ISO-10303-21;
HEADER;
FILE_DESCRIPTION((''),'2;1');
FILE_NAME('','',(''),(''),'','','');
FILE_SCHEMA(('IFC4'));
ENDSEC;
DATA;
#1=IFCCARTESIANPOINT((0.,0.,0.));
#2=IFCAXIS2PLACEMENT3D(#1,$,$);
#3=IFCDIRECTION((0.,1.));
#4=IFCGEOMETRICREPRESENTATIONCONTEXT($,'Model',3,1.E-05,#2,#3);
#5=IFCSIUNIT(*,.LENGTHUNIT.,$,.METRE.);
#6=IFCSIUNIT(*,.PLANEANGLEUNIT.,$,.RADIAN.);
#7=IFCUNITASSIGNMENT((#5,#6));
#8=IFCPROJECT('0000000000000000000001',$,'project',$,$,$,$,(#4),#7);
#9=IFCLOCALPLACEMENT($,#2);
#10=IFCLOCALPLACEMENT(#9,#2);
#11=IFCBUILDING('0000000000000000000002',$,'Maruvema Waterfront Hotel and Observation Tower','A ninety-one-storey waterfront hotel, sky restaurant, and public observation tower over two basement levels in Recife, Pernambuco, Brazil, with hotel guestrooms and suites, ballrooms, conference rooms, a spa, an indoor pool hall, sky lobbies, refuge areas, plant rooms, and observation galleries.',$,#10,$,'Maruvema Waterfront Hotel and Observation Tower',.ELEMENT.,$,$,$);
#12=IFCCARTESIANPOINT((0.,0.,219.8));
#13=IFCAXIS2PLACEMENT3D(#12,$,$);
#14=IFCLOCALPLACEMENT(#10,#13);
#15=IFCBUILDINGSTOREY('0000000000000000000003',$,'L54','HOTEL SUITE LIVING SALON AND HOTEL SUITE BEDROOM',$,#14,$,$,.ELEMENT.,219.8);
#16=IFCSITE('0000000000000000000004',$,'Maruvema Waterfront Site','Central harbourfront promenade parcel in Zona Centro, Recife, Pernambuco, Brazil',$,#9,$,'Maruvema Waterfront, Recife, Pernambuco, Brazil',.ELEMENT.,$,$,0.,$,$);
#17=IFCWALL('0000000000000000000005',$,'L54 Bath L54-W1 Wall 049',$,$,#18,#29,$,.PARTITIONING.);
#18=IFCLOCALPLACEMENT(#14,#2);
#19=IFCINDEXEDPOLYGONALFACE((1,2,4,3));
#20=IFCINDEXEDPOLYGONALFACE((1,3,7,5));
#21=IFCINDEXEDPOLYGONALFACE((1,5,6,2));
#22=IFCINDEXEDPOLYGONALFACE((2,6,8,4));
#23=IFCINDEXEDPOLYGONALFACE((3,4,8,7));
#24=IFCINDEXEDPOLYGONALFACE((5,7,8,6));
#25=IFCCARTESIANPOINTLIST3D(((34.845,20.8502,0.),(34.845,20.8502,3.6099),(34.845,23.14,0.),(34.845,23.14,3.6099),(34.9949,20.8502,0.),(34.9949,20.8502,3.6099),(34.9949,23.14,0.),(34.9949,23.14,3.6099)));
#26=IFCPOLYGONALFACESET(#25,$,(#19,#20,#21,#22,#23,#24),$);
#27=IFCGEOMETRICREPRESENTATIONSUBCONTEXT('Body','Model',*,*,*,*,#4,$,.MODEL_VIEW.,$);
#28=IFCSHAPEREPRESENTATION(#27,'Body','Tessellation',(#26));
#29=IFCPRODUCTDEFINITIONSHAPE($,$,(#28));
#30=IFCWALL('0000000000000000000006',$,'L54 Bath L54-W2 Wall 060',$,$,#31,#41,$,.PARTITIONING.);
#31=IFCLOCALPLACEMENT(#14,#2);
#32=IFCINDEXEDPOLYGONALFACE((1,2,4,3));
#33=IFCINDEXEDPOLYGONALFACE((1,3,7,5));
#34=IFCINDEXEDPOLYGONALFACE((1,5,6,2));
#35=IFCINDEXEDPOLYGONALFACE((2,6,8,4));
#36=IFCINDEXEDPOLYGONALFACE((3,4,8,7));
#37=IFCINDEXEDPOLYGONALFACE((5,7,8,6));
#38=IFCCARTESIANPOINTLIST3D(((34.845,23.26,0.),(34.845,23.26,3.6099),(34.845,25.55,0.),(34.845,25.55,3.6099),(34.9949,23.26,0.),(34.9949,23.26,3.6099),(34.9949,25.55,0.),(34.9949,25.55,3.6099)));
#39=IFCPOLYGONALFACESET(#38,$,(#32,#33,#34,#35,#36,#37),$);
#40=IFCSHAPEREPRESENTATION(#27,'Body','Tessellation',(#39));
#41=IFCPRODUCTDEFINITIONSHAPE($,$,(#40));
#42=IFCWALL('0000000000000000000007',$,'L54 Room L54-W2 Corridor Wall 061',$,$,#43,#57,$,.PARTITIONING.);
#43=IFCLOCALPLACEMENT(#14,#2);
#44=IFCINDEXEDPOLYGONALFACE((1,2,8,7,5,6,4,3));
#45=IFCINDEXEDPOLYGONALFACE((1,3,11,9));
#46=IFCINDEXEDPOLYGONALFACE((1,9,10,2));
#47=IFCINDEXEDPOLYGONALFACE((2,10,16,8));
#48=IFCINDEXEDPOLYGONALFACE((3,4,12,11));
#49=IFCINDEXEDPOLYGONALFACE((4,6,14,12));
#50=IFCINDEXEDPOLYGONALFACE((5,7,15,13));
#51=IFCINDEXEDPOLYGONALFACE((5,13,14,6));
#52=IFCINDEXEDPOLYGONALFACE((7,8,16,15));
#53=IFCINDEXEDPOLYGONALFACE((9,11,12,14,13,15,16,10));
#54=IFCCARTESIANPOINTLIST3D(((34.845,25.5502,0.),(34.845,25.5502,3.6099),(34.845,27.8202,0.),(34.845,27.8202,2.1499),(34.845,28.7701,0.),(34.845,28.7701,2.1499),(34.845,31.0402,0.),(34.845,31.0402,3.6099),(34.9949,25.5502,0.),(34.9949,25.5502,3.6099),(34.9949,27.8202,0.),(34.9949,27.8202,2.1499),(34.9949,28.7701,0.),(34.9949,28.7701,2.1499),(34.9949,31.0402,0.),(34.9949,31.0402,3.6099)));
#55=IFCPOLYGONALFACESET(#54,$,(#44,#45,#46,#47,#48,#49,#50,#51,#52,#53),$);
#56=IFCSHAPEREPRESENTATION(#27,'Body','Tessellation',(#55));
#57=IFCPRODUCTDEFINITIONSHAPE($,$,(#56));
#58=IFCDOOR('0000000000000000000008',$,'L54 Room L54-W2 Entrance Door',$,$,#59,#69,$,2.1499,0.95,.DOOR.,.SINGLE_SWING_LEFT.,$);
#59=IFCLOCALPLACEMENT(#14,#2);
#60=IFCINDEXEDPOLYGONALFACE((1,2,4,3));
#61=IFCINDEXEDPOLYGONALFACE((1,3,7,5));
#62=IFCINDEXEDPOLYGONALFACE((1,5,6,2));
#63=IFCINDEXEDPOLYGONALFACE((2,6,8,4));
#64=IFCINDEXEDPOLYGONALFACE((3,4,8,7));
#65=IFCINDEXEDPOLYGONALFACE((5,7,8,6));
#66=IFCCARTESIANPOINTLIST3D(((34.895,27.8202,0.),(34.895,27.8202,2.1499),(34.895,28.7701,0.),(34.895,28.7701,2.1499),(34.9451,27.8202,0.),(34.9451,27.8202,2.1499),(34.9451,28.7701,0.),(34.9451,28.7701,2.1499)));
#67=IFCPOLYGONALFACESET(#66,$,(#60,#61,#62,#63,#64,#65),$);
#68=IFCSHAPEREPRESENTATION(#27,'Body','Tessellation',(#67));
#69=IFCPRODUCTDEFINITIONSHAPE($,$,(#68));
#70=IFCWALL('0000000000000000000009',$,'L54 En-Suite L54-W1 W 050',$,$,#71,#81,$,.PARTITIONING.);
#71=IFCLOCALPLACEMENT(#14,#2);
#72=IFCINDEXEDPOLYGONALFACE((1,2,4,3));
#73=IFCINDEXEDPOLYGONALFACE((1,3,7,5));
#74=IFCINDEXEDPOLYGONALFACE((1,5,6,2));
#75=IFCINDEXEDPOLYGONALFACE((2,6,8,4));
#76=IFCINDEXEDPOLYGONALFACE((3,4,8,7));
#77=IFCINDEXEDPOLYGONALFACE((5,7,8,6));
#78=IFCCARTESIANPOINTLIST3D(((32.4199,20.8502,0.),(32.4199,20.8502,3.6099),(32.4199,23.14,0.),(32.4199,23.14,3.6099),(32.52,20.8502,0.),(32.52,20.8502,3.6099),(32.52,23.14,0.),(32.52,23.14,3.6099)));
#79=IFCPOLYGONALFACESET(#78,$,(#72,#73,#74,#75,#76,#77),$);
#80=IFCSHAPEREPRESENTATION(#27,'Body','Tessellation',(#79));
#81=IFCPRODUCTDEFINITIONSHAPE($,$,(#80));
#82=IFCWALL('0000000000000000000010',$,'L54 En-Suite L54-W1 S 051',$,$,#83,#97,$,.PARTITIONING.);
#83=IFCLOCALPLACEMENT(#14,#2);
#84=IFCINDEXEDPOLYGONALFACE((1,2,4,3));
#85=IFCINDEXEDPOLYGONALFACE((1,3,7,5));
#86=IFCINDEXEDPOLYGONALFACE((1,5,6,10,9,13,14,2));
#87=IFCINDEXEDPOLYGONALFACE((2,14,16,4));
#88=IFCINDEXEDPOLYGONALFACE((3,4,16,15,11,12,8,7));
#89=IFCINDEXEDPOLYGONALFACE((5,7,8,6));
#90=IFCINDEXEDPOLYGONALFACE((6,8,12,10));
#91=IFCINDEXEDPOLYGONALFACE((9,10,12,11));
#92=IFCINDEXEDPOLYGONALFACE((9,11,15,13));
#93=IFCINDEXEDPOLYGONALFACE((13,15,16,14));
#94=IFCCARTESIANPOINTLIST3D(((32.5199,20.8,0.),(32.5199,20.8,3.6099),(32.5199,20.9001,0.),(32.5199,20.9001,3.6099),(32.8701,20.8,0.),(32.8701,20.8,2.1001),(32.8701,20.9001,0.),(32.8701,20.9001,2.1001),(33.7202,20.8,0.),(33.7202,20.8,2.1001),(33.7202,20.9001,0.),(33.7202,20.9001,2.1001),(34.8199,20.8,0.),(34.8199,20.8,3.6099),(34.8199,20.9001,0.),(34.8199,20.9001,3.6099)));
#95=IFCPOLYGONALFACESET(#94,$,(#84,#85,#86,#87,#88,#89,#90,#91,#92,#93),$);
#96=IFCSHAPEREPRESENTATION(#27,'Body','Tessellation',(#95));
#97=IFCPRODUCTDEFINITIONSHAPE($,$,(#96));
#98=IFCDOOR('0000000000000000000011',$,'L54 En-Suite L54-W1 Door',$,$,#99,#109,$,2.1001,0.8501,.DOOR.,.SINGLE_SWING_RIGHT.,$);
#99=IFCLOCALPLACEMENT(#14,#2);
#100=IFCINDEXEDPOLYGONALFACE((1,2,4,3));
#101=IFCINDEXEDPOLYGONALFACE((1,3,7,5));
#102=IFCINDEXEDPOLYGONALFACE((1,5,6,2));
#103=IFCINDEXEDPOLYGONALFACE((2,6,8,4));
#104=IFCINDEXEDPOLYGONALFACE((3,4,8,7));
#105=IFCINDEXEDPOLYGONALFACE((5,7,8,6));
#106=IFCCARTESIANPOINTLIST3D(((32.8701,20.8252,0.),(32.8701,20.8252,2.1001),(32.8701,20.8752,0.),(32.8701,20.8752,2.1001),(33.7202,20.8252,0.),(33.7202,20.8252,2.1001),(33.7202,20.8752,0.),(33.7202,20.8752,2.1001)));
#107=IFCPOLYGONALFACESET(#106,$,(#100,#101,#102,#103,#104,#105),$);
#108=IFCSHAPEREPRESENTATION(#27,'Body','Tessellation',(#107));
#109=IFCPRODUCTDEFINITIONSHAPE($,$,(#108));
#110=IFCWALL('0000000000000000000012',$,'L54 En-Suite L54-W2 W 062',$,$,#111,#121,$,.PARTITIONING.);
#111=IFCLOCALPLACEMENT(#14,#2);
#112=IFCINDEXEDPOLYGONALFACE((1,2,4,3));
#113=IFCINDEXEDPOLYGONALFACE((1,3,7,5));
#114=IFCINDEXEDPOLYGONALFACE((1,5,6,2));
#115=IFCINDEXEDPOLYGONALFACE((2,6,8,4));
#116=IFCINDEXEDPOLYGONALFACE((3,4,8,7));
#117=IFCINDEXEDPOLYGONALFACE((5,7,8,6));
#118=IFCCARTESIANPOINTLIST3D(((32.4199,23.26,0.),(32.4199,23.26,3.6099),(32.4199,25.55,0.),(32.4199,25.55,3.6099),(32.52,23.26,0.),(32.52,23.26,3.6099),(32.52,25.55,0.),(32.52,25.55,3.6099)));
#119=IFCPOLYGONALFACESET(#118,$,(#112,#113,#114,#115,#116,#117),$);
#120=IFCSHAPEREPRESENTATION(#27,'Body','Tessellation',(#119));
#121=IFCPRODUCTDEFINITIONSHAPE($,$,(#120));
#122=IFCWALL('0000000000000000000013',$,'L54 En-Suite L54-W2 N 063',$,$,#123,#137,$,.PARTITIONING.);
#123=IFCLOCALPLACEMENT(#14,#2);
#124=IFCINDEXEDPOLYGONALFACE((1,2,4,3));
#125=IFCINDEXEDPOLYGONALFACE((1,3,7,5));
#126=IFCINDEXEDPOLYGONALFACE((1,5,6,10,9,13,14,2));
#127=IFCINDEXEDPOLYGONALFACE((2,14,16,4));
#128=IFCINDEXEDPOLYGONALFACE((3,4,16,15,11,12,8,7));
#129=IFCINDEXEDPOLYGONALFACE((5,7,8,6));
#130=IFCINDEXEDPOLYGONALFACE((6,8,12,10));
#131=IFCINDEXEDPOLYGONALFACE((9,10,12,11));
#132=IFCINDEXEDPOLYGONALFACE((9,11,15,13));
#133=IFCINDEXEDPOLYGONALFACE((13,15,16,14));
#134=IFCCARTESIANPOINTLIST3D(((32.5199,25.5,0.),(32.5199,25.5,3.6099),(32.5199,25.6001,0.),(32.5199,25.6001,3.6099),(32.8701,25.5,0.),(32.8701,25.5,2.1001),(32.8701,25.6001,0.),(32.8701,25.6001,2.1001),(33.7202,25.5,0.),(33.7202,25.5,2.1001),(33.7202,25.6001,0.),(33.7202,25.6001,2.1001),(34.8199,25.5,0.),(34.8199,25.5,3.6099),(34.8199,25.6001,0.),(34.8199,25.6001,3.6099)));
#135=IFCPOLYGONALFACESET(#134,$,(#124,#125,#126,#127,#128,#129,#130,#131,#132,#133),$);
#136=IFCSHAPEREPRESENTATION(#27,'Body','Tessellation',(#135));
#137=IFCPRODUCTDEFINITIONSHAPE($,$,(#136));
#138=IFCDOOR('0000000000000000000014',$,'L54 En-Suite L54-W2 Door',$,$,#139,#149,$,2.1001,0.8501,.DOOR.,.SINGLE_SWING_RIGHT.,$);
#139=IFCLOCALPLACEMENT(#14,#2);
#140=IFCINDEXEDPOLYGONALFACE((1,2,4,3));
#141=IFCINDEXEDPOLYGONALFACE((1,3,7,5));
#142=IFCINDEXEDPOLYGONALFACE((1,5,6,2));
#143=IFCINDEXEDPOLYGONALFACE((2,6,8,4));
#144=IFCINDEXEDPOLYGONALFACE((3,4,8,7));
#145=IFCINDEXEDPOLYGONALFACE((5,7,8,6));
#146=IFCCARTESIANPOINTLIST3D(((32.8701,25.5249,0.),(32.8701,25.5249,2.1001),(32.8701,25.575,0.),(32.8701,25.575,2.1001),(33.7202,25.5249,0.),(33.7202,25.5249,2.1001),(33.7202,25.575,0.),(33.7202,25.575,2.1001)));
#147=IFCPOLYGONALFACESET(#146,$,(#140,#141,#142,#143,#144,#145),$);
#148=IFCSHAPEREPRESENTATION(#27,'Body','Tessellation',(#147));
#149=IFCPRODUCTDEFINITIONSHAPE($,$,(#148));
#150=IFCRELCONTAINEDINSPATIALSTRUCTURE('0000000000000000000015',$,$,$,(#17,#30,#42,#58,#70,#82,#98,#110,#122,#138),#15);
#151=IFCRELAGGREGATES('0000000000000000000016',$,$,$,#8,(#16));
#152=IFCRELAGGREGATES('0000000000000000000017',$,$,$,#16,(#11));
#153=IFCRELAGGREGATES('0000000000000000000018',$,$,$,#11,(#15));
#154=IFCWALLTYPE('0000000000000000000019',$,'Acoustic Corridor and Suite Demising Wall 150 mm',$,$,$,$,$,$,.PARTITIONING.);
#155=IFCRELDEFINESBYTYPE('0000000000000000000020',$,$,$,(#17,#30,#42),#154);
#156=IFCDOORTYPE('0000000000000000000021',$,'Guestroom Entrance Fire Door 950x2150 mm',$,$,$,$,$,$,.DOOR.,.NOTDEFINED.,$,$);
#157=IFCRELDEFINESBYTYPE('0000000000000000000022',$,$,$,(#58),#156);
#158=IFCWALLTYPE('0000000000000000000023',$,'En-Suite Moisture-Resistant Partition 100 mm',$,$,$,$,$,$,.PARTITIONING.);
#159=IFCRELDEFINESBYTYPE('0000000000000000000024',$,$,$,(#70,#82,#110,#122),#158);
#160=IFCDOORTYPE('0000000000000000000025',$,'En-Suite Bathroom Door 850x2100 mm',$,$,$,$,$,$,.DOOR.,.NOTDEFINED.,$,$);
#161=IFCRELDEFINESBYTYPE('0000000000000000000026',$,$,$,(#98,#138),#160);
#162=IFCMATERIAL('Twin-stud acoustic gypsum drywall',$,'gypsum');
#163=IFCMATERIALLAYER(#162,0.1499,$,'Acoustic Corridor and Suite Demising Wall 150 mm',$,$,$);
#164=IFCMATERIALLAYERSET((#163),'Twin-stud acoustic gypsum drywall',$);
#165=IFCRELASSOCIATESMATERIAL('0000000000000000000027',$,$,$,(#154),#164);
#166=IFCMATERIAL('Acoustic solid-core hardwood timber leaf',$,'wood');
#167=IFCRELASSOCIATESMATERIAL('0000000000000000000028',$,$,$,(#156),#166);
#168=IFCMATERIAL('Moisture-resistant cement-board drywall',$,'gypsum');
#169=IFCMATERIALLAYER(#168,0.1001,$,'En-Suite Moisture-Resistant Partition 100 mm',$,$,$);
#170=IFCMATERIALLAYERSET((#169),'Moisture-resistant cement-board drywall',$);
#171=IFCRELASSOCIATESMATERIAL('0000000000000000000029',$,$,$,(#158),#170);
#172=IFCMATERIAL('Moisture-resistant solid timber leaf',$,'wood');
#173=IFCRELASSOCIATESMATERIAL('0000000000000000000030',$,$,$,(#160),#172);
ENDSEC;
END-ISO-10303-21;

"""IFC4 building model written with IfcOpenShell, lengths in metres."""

from ifc_helpers import new_model, si_unit, direction, frame, frame_2d, origin, place, context, subcontext, project, spatial, rectangle, extrude, material, layer, layer_set, type_object, element, fill, save


model = new_model("IFC4")

# Units and contexts
model_context = context("Model", 3, precision=1e-05, world=origin(), true_north=direction((0.0, 1.0)))
body_context = subcontext(model_context, "Body", "Model", "MODEL_VIEW")
ifc_project = project(units=[si_unit("LENGTHUNIT", "METRE"), si_unit("PLANEANGLEUNIT", "RADIAN")], contexts=[model_context])

# Site, building, storey
site_placement = place(None, origin())
site = spatial("IfcSite", under=ifc_project, at=site_placement, Name="Maruvema Waterfront Site", Description="Central harbourfront promenade parcel in Zona Centro, Recife, Pernambuco, Brazil", LongName="Maruvema Waterfront, Recife, Pernambuco, Brazil", CompositionType="ELEMENT", RefElevation=0.0)
building_placement = place(site_placement, origin())
building = spatial("IfcBuilding", under=site, at=building_placement, Name="Maruvema Waterfront Hotel and Observation Tower", Description="A ninety-one-storey waterfront hotel, sky restaurant, and public observation tower over two basement levels in Recife, Pernambuco, Brazil, with hotel guestrooms and suites, ballrooms, conference rooms, a spa, an indoor pool hall, sky lobbies, refuge areas, plant rooms, and observation galleries.", LongName="Maruvema Waterfront Hotel and Observation Tower", CompositionType="ELEMENT")
storey_placement = place(building_placement, frame((0.0, 0.0, 219.8)))
storey = spatial("IfcBuildingStorey", under=building, at=storey_placement, Name="L54", Description="HOTEL SUITE LIVING SALON AND HOTEL SUITE BEDROOM", CompositionType="ELEMENT", Elevation=219.8)

# Walls
ifc_material_1 = material(Name="Twin-stud acoustic gypsum drywall", Category="gypsum")
ifc_layer_1 = layer(ifc_material_1, 0.1499, Name="Acoustic Corridor and Suite Demising Wall 150 mm")
ifc_layer_set_1 = layer_set([ifc_layer_1], Name="Twin-stud acoustic gypsum drywall")
wall_type_1 = type_object("IfcWallType", Name="Acoustic Corridor and Suite Demising Wall 150 mm", PredefinedType="PARTITIONING", material=ifc_layer_set_1)
wall_1_placement = place(storey_placement, frame((34.9199, 20.8501, 0.0), z_axis=(0.0, 0.0, 1.0), x_axis=(0.0, 1.0, 0.0)))
element("IfcWall", 1, at=wall_1_placement, inside=storey, type_object=wall_type_1, Name="L54 Bath L54-W1 Wall 049", PredefinedType="PARTITIONING", context=body_context, shape_type="SweptSolid", body=[
    extrude(rectangle(XDim=2.2898, YDim=0.1499, at=frame_2d((1.145, 0.0))), origin(), (0.0, 0.0, 1.0), 3.6099),
])
wall_2_placement = place(storey_placement, frame((34.9199, 23.26, 0.0), z_axis=(0.0, 0.0, 1.0), x_axis=(0.0, 1.0, 0.0)))
element("IfcWall", 2, at=wall_2_placement, inside=storey, type_object=wall_type_1, Name="L54 Bath L54-W2 Wall 060", PredefinedType="PARTITIONING", context=body_context, shape_type="SweptSolid", body=[
    extrude(rectangle(XDim=2.29, YDim=0.1499, at=frame_2d((1.145, 0.0))), origin(), (0.0, 0.0, 1.0), 3.6099),
])

# Wall, opening, door
wall_3_placement = place(storey_placement, frame((34.9199, 25.55, 0.0), z_axis=(0.0, 0.0, 1.0), x_axis=(0.0, 1.0, 0.0)))
wall_3 = element("IfcWall", 3, at=wall_3_placement, inside=storey, type_object=wall_type_1, Name="L54 Room L54-W2 Corridor Wall 061", PredefinedType="PARTITIONING", context=body_context, shape_type="SweptSolid", body=[
    extrude(rectangle(XDim=5.49, YDim=0.1499, at=frame_2d((2.7451, 0.0))), origin(), (0.0, 0.0, 1.0), 3.6099),
])
opening_1_placement = place(wall_3_placement, frame((2.27, 0.0, 0.0)))
opening_1 = element("IfcOpeningElement", 4, at=opening_1_placement, cuts=wall_3, PredefinedType="OPENING", context=body_context, shape_type="SweptSolid", body=[
    extrude(rectangle(XDim=0.95, YDim=2.1499, at=frame_2d((0.4751, 1.075))), frame((0.0, 0.085, 0.0), z_axis=(0.0, -1.0, 0.0), x_axis=(1.0, 0.0, 0.0)), (0.0, 0.0, 1.0), 0.1699),
])
ifc_material_2 = material(Name="Acoustic solid-core hardwood timber leaf", Category="wood")
door_type_1 = type_object("IfcDoorType", Name="Guestroom Entrance Fire Door 950x2150 mm", OperationType="NOTDEFINED", PredefinedType="DOOR", material=ifc_material_2)
door_1_placement = place(opening_1_placement, origin())
door_1 = element("IfcDoor", 5, at=door_1_placement, inside=storey, type_object=door_type_1, Name="L54 Room L54-W2 Entrance Door", OperationType="SINGLE_SWING_LEFT", OverallHeight=2.1499, OverallWidth=0.95, PredefinedType="DOOR", context=body_context, shape_type="SweptSolid", body=[
    extrude(rectangle(XDim=0.95, YDim=2.1499, at=frame_2d((0.4751, 1.075))), frame((0.0, 0.0249, 0.0), z_axis=(0.0, -1.0, 0.0), x_axis=(1.0, 0.0, 0.0)), (0.0, 0.0, 1.0), 0.05),
])
fill(opening_1, door_1)

# Wall
ifc_material_3 = material(Name="Moisture-resistant cement-board drywall", Category="gypsum")
ifc_layer_2 = layer(ifc_material_3, 0.1001, Name="En-Suite Moisture-Resistant Partition 100 mm")
ifc_layer_set_2 = layer_set([ifc_layer_2], Name="Moisture-resistant cement-board drywall")
wall_type_2 = type_object("IfcWallType", Name="En-Suite Moisture-Resistant Partition 100 mm", PredefinedType="PARTITIONING", material=ifc_layer_set_2)
wall_4_placement = place(storey_placement, frame((32.47, 20.8501, 0.0), z_axis=(0.0, 0.0, 1.0), x_axis=(0.0, 1.0, 0.0)))
element("IfcWall", 6, at=wall_4_placement, inside=storey, type_object=wall_type_2, Name="L54 En-Suite L54-W1 W 050", PredefinedType="PARTITIONING", context=body_context, shape_type="SweptSolid", body=[
    extrude(rectangle(XDim=2.2898, YDim=0.1001, at=frame_2d((1.145, 0.0))), origin(), (0.0, 0.0, 1.0), 3.6099),
])

# Wall, opening, door
wall_5_placement = place(storey_placement, frame((32.52, 20.8501, 0.0), z_axis=(0.0, 0.0, 1.0), x_axis=(1.0, 0.0, 0.0)))
wall_5 = element("IfcWall", 7, at=wall_5_placement, inside=storey, type_object=wall_type_2, Name="L54 En-Suite L54-W1 S 051", PredefinedType="PARTITIONING", context=body_context, shape_type="SweptSolid", body=[
    extrude(rectangle(XDim=2.3, YDim=0.1001, at=frame_2d((1.1499, 0.0))), origin(), (0.0, 0.0, 1.0), 3.6099),
])
opening_2_placement = place(wall_5_placement, frame((0.3501, 0.0, 0.0)))
opening_2 = element("IfcOpeningElement", 8, at=opening_2_placement, cuts=wall_5, PredefinedType="OPENING", context=body_context, shape_type="SweptSolid", body=[
    extrude(rectangle(XDim=0.8501, YDim=2.1001, at=frame_2d((0.425, 1.05))), frame((0.0, 0.0601, 0.0), z_axis=(0.0, -1.0, 0.0), x_axis=(1.0, 0.0, 0.0)), (0.0, 0.0, 1.0), 0.1201),
])
ifc_material_4 = material(Name="Moisture-resistant solid timber leaf", Category="wood")
door_type_2 = type_object("IfcDoorType", Name="En-Suite Bathroom Door 850x2100 mm", OperationType="NOTDEFINED", PredefinedType="DOOR", material=ifc_material_4)
door_2_placement = place(opening_2_placement, frame((0.8501, 0.0, 0.0), z_axis=(0.0, 0.0, 1.0), x_axis=(-1.0, 0.0, 0.0)))
door_2 = element("IfcDoor", 9, at=door_2_placement, inside=storey, type_object=door_type_2, Name="L54 En-Suite L54-W1 Door", OperationType="SINGLE_SWING_RIGHT", OverallHeight=2.1001, OverallWidth=0.8501, PredefinedType="DOOR", context=body_context, shape_type="SweptSolid", body=[
    extrude(rectangle(XDim=0.8501, YDim=2.1001, at=frame_2d((0.425, 1.05))), frame((0.0, 0.0249, 0.0), z_axis=(0.0, -1.0, 0.0), x_axis=(1.0, 0.0, 0.0)), (0.0, 0.0, 1.0), 0.05),
])
fill(opening_2, door_2)

# Wall
wall_6_placement = place(storey_placement, frame((32.47, 23.26, 0.0), z_axis=(0.0, 0.0, 1.0), x_axis=(0.0, 1.0, 0.0)))
element("IfcWall", 10, at=wall_6_placement, inside=storey, type_object=wall_type_2, Name="L54 En-Suite L54-W2 W 062", PredefinedType="PARTITIONING", context=body_context, shape_type="SweptSolid", body=[
    extrude(rectangle(XDim=2.29, YDim=0.1001, at=frame_2d((1.145, 0.0))), origin(), (0.0, 0.0, 1.0), 3.6099),
])

# Wall, opening, door
wall_7_placement = place(storey_placement, frame((32.52, 25.55, 0.0), z_axis=(0.0, 0.0, 1.0), x_axis=(1.0, 0.0, 0.0)))
wall_7 = element("IfcWall", 11, at=wall_7_placement, inside=storey, type_object=wall_type_2, Name="L54 En-Suite L54-W2 N 063", PredefinedType="PARTITIONING", context=body_context, shape_type="SweptSolid", body=[
    extrude(rectangle(XDim=2.3, YDim=0.1001, at=frame_2d((1.1499, 0.0))), origin(), (0.0, 0.0, 1.0), 3.6099),
])
opening_3_placement = place(wall_7_placement, frame((0.3501, 0.0, 0.0)))
opening_3 = element("IfcOpeningElement", 12, at=opening_3_placement, cuts=wall_7, PredefinedType="OPENING", context=body_context, shape_type="SweptSolid", body=[
    extrude(rectangle(XDim=0.8501, YDim=2.1001, at=frame_2d((0.425, 1.05))), frame((0.0, 0.0601, 0.0), z_axis=(0.0, -1.0, 0.0), x_axis=(1.0, 0.0, 0.0)), (0.0, 0.0, 1.0), 0.1201),
])
door_3_placement = place(opening_3_placement, origin())
door_3 = element("IfcDoor", 13, at=door_3_placement, inside=storey, type_object=door_type_2, Name="L54 En-Suite L54-W2 Door", OperationType="SINGLE_SWING_RIGHT", OverallHeight=2.1001, OverallWidth=0.8501, PredefinedType="DOOR", context=body_context, shape_type="SweptSolid", body=[
    extrude(rectangle(XDim=0.8501, YDim=2.1001, at=frame_2d((0.425, 1.05))), frame((0.0, 0.0249, 0.0), z_axis=(0.0, -1.0, 0.0), x_axis=(1.0, 0.0, 0.0)), (0.0, 0.0, 1.0), 0.05),
])
fill(opening_3, door_3)

save(model, "model.ifc")
